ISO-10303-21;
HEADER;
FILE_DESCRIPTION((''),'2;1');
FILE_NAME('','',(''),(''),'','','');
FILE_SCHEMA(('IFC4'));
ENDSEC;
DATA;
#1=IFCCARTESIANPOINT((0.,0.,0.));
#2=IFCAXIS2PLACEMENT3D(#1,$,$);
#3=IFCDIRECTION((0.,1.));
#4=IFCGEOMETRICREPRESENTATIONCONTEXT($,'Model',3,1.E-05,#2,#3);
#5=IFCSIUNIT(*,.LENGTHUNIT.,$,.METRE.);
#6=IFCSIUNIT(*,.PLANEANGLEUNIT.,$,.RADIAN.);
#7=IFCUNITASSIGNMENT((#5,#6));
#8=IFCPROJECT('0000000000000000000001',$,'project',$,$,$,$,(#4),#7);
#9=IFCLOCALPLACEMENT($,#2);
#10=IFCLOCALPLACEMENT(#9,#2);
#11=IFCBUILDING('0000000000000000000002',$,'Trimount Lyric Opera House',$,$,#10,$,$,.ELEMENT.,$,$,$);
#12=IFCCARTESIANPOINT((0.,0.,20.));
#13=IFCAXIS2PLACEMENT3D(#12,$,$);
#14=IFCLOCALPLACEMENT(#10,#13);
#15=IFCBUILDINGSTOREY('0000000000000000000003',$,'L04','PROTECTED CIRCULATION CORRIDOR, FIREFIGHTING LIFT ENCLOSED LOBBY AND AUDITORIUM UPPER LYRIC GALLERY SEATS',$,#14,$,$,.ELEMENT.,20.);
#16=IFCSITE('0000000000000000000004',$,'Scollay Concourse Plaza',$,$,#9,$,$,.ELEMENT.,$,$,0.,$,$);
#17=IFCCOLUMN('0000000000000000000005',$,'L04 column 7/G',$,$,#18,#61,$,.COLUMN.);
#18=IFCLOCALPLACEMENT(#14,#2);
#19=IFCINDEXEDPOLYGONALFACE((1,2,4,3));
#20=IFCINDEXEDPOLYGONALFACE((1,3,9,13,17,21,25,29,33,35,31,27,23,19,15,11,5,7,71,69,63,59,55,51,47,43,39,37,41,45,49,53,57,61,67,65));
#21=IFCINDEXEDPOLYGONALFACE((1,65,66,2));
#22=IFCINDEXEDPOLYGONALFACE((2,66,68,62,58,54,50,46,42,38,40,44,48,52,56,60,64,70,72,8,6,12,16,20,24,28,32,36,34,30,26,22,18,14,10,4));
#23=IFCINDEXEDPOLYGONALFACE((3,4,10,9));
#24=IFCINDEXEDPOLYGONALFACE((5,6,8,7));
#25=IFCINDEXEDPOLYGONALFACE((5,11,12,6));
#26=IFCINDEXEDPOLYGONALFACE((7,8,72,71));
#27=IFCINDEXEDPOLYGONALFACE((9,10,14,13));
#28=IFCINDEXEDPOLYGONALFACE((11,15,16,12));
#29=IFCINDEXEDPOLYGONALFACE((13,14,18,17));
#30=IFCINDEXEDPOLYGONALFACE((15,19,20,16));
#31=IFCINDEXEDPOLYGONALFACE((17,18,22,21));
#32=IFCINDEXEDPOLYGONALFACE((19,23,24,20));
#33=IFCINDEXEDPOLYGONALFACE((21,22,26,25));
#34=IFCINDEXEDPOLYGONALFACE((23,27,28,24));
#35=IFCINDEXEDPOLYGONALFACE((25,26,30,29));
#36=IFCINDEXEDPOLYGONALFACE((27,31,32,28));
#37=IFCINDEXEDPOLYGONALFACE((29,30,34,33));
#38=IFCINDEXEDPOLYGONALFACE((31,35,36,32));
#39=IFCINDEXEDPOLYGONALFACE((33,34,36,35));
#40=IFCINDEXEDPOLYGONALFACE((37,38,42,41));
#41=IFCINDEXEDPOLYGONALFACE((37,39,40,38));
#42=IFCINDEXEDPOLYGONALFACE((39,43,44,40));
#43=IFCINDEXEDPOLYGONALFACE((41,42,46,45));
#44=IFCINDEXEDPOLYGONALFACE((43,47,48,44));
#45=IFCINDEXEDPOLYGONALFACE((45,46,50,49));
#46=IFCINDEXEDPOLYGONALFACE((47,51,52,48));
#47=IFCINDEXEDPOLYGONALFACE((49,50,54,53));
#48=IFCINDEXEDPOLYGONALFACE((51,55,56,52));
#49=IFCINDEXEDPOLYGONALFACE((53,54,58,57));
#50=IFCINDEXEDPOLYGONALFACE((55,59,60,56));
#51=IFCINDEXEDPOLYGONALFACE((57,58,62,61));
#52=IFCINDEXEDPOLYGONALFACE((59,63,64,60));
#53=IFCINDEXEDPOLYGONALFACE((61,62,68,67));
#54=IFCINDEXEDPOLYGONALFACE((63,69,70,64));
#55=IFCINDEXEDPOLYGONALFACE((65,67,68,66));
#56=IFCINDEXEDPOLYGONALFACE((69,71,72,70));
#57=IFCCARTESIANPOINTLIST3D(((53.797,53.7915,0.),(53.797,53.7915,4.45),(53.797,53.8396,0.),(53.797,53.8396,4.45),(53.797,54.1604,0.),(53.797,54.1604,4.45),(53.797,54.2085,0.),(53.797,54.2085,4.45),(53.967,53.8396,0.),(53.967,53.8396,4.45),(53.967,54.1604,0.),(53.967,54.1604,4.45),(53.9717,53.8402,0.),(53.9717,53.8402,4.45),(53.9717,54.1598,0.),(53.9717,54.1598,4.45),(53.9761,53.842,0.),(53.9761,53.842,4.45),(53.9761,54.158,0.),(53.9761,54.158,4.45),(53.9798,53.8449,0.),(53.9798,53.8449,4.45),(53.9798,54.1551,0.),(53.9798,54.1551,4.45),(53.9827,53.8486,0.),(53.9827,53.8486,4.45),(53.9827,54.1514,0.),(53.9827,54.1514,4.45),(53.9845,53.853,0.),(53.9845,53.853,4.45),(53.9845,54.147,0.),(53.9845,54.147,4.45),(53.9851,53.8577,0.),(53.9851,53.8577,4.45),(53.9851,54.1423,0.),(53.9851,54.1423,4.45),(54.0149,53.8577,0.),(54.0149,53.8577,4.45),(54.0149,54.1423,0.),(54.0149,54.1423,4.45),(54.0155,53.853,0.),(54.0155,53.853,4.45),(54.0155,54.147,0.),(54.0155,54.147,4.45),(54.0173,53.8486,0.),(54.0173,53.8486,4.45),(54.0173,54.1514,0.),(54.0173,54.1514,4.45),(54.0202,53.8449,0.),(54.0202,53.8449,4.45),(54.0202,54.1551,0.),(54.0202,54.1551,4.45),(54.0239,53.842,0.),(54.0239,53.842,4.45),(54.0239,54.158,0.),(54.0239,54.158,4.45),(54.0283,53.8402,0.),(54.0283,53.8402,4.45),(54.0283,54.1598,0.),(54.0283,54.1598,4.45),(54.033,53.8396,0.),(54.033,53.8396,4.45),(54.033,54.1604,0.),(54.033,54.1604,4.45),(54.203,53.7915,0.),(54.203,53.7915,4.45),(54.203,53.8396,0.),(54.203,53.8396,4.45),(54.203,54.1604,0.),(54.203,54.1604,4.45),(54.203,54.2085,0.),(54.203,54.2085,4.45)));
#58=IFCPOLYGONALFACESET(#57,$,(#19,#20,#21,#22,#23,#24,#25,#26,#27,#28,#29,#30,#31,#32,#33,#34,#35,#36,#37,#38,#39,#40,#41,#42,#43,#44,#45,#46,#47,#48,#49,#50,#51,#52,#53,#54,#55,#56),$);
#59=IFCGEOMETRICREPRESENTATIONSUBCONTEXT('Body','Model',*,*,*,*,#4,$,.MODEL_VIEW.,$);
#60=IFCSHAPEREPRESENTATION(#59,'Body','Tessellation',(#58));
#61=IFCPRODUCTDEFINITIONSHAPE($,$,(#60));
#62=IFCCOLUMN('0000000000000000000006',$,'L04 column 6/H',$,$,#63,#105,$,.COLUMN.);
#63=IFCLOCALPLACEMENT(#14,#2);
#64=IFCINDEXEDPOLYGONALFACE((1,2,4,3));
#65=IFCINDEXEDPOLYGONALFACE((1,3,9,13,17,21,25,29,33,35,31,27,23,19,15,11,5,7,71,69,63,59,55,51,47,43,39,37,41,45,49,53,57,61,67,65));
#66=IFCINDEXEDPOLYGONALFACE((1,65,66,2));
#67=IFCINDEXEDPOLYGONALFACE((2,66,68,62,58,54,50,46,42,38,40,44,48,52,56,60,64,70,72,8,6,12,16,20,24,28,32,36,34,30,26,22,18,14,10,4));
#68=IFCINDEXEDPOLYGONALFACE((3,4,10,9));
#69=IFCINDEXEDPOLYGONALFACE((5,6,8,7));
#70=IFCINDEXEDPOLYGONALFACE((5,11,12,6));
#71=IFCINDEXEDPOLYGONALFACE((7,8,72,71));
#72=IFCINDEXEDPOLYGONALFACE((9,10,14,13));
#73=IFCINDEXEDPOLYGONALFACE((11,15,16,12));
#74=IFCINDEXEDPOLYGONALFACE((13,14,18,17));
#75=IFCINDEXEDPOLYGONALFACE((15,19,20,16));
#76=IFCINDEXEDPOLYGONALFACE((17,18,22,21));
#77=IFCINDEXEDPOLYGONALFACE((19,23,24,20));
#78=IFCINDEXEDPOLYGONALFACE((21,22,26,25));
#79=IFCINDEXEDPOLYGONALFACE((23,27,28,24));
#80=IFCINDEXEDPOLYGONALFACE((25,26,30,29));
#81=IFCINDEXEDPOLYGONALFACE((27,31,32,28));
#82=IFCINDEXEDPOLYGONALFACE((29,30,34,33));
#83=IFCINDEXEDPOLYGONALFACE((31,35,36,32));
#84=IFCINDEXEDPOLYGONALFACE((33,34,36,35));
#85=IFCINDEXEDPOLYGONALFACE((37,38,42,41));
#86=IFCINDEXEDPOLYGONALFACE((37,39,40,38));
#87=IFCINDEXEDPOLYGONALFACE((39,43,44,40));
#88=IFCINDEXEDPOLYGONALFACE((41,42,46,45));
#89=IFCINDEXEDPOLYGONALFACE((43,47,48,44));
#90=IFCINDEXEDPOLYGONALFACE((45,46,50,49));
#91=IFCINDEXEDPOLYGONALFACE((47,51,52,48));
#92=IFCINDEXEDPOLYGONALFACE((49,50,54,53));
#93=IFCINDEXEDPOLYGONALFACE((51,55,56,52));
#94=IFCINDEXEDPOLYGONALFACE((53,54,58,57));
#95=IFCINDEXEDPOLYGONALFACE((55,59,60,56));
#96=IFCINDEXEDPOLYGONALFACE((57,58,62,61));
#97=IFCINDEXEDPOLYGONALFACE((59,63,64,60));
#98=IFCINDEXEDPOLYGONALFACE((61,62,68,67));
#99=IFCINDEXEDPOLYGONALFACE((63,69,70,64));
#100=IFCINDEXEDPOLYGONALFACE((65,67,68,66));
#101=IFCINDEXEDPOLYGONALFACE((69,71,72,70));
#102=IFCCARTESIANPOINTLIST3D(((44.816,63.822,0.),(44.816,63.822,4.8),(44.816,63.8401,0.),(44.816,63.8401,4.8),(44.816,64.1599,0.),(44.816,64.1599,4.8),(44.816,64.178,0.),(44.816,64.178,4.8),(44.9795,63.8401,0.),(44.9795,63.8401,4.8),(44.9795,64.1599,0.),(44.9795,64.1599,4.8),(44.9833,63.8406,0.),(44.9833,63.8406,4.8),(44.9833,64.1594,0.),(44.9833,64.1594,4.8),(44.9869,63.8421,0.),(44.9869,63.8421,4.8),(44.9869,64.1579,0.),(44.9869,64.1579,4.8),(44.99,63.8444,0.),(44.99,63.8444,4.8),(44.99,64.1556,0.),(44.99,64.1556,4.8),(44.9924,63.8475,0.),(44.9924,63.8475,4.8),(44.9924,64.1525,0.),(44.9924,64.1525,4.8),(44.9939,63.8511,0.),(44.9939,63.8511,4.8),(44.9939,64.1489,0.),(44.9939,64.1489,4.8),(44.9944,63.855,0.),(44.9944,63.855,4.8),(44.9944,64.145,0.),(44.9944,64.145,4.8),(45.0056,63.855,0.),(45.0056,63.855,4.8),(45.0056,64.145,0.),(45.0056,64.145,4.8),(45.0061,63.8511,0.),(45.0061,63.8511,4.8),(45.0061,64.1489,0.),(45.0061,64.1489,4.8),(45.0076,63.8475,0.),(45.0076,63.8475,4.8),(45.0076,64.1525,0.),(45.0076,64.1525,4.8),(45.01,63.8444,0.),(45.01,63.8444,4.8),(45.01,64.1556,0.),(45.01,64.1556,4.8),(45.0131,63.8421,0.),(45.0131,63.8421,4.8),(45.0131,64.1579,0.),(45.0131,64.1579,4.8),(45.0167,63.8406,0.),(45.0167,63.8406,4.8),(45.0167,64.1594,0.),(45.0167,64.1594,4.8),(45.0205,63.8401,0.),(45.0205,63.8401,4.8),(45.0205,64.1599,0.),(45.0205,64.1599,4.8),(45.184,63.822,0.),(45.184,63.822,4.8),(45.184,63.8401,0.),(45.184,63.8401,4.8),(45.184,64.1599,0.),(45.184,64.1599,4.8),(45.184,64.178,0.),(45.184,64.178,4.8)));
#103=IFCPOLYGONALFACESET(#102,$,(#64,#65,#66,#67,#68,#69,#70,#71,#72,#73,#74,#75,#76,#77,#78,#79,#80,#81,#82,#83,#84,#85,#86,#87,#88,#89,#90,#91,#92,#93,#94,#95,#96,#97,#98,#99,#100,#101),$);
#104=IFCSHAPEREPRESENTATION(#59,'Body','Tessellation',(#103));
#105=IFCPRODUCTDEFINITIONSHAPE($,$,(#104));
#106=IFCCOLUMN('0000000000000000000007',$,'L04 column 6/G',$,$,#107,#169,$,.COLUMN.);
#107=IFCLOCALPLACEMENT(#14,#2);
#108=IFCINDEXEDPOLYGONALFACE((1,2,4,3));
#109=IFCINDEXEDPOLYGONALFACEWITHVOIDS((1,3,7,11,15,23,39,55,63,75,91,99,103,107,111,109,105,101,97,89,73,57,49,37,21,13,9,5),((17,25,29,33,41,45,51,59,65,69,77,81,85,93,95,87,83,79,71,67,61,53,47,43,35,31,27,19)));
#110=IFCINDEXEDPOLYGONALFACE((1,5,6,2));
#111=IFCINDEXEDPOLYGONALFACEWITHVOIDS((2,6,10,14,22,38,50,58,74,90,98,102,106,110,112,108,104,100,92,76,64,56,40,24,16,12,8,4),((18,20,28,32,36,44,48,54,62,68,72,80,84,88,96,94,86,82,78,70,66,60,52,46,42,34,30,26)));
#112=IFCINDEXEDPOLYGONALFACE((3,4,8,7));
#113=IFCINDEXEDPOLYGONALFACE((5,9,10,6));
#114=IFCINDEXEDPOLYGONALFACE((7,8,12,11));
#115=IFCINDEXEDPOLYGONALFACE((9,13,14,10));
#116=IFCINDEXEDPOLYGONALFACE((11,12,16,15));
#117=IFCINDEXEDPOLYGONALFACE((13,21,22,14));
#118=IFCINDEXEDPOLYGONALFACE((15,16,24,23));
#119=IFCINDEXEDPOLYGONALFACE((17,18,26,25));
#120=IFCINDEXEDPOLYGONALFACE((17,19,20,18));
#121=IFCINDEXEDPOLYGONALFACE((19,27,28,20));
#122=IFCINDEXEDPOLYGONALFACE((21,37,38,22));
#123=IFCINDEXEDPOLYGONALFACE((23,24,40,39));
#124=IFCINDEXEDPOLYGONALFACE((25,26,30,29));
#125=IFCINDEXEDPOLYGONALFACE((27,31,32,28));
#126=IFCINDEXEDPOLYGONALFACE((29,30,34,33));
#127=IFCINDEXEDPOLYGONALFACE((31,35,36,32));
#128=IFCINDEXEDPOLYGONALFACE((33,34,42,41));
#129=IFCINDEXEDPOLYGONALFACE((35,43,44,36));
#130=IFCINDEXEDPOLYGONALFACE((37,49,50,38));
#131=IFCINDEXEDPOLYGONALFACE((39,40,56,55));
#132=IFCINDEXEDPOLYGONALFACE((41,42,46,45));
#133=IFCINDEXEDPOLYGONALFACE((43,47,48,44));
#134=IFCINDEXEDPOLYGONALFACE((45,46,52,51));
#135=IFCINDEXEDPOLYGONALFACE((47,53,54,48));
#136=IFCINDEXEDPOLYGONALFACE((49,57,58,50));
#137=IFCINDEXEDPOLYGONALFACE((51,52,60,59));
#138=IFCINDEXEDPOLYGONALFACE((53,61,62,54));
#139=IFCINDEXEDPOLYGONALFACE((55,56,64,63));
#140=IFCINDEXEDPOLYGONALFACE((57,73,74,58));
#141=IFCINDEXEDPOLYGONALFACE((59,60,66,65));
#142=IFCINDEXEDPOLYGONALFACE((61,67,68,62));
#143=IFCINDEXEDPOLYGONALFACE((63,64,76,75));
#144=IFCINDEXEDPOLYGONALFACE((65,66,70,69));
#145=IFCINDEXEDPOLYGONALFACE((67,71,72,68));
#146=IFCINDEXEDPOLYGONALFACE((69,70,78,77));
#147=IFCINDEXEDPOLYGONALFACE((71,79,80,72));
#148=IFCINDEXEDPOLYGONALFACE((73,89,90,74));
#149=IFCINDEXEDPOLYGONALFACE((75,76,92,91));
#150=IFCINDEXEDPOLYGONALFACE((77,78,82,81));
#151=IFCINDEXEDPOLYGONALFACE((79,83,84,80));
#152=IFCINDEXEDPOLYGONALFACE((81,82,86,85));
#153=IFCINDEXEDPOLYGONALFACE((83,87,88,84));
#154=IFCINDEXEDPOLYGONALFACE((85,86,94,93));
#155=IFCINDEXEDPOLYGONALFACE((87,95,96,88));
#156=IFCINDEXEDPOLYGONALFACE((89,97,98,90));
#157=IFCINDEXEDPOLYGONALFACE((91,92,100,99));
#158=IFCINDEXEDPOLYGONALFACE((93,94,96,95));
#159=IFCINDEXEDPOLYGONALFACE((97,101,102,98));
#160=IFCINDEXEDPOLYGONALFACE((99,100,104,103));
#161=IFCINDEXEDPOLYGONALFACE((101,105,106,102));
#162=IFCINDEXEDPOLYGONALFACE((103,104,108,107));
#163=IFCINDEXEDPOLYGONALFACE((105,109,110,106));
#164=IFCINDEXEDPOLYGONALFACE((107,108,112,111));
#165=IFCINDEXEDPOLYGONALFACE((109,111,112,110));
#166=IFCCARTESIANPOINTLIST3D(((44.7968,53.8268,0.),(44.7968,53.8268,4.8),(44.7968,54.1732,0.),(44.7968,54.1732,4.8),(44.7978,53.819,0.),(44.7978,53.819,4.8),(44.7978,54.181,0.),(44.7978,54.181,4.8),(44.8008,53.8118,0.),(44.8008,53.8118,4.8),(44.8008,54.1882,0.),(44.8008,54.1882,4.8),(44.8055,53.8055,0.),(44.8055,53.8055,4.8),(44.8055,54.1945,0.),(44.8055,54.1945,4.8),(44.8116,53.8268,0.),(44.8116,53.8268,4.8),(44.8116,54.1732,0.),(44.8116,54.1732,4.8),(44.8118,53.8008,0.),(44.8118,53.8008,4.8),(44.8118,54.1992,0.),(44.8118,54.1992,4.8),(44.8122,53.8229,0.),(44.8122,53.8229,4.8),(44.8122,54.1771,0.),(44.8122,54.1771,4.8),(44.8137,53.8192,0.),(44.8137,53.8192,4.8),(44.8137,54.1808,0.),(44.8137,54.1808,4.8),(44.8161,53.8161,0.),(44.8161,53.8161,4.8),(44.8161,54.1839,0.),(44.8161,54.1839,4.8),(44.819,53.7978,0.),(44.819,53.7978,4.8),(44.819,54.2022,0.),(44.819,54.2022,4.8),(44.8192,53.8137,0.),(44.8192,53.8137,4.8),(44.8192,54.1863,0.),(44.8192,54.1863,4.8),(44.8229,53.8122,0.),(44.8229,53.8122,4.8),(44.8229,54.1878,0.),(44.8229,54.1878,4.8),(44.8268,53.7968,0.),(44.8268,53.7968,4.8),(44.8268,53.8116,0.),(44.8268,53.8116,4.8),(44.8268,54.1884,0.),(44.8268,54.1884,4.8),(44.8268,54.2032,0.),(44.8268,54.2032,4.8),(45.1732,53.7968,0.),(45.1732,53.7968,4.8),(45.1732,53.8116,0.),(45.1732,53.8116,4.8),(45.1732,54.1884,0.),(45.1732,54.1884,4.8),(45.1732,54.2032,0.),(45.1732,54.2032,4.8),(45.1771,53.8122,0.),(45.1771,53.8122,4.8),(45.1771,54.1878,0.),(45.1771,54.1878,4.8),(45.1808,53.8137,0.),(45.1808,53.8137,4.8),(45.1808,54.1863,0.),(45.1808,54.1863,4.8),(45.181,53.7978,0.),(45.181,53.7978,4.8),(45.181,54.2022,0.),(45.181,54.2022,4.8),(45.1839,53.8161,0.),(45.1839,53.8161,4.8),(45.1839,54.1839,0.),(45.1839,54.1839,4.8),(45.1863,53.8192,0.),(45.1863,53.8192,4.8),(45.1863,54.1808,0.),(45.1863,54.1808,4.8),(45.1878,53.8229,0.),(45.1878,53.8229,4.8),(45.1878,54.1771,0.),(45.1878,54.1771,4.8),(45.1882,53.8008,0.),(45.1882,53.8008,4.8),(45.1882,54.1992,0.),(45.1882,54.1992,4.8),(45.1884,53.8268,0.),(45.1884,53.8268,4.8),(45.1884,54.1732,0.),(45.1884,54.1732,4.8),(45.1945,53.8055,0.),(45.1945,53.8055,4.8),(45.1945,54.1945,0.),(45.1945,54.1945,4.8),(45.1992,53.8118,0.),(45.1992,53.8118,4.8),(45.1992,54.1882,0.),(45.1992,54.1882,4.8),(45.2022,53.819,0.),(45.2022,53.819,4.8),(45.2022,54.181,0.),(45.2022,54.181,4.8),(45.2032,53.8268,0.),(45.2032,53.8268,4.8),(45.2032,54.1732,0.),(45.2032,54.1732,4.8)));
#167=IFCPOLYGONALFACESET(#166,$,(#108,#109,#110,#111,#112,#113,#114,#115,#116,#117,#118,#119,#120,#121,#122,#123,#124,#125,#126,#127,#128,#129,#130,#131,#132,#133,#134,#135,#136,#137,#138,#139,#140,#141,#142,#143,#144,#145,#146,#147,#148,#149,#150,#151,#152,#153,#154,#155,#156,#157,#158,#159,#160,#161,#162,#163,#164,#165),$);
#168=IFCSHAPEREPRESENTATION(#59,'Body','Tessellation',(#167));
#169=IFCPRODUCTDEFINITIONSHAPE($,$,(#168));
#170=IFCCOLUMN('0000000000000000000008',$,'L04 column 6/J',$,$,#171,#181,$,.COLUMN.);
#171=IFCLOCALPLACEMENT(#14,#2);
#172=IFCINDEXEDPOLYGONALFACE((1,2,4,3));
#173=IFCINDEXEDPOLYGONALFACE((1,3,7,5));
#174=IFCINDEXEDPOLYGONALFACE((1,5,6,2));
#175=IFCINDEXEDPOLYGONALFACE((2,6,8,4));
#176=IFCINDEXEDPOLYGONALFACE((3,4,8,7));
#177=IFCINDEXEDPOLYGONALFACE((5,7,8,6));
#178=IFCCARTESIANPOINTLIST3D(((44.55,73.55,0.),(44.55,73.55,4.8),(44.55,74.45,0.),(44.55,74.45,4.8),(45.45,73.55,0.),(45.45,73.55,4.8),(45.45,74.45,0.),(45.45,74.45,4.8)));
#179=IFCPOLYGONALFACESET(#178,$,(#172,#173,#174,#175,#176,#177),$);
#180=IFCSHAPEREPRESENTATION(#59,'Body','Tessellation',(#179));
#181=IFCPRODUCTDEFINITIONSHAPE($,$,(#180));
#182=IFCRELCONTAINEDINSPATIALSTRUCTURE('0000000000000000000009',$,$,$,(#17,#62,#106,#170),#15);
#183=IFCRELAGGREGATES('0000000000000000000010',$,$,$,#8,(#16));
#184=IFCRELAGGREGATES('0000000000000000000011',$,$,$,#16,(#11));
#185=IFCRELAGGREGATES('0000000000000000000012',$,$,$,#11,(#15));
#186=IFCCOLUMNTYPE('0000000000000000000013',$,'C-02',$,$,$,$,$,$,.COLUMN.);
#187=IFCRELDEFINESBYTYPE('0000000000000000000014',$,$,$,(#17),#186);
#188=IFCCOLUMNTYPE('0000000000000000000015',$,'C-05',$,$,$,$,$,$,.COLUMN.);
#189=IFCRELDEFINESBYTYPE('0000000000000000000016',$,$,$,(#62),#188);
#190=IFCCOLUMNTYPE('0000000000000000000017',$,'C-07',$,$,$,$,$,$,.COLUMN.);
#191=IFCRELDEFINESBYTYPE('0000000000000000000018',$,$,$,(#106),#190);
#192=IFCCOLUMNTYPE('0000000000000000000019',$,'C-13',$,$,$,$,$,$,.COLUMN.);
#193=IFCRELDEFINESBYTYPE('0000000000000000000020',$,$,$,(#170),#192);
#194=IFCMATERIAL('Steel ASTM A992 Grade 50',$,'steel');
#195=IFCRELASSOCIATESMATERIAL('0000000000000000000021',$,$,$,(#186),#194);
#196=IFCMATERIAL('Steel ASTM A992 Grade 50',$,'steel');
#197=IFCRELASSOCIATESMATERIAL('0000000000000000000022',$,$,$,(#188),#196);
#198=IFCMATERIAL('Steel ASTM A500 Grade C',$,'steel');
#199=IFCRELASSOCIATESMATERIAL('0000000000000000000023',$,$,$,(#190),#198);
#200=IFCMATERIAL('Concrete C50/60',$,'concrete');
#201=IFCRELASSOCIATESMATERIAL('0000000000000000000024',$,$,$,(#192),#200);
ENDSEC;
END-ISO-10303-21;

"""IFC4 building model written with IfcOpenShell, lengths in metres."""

from ifc_helpers import new_model, si_unit, direction, frame, origin, origin_2d, place, context, subcontext, project, spatial, rectangle, hollow_rectangle, i_section, extrude, material, material_profile, profile_set, type_object, element, save


model = new_model("IFC4")

# Units and contexts
model_context = context("Model", 3, precision=1e-05, world=origin(), true_north=direction((0.0, 1.0)))
body_context = subcontext(model_context, "Body", "Model", "MODEL_VIEW")
ifc_project = project(units=[si_unit("LENGTHUNIT", "METRE"), si_unit("PLANEANGLEUNIT", "RADIAN")], contexts=[model_context])

# Site, building, storey
site_placement = place(None, origin())
site = spatial("IfcSite", under=ifc_project, at=site_placement, Name="Scollay Concourse Plaza", CompositionType="ELEMENT", RefElevation=0.0)
building_placement = place(site_placement, origin())
building = spatial("IfcBuilding", under=site, at=building_placement, Name="Trimount Lyric Opera House", CompositionType="ELEMENT")
storey_placement = place(building_placement, frame((0.0, 0.0, 20.0)))
storey = spatial("IfcBuildingStorey", under=building, at=storey_placement, Name="L04", Description="PROTECTED CIRCULATION CORRIDOR, FIREFIGHTING LIFT ENCLOSED LOBBY AND AUDITORIUM UPPER LYRIC GALLERY SEATS", CompositionType="ELEMENT", Elevation=20.0)

# Columns
ifc_material_1 = material(Name="Steel ASTM A992 Grade 50", Category="steel")
ifc_material_profile_1 = material_profile(ifc_material_1, i_section(OverallWidth=0.406, OverallDepth=0.417, WebThickness=0.0298, FlangeThickness=0.0481, FilletRadius=0.0181, at=origin_2d()), Name="W14X257")
ifc_profile_set_1 = profile_set([ifc_material_profile_1], Name="Steel ASTM A992 Grade 50")
column_type_1 = type_object("IfcColumnType", Name="C-02", PredefinedType="COLUMN", material=ifc_profile_set_1)
column_1_placement = place(storey_placement, frame((54.0, 54.0, 0.0), z_axis=(0.0, 0.0, 1.0), x_axis=(1.0, 0.0, 0.0)))
element("IfcColumn", 1, at=column_1_placement, inside=storey, type_object=column_type_1, Name="L04 column 7/G", PredefinedType="COLUMN", context=body_context, shape_type="SweptSolid", body=[
    extrude(i_section(OverallWidth=0.406, OverallDepth=0.417, WebThickness=0.0298, FlangeThickness=0.0481, FilletRadius=0.0181, at=origin_2d()), origin(), (0.0, 0.0, 1.0), 4.45),
])
ifc_material_2 = material(Name="Steel ASTM A992 Grade 50", Category="steel")
ifc_material_profile_2 = material_profile(ifc_material_2, i_section(OverallWidth=0.3679, OverallDepth=0.356, WebThickness=0.0112, FlangeThickness=0.0181, FilletRadius=0.0149, at=origin_2d()), Name="W14X90")
ifc_profile_set_2 = profile_set([ifc_material_profile_2], Name="Steel ASTM A992 Grade 50")
column_type_2 = type_object("IfcColumnType", Name="C-05", PredefinedType="COLUMN", material=ifc_profile_set_2)
column_2_placement = place(storey_placement, frame((45.0, 64.0, 0.0), z_axis=(0.0, 0.0, 1.0), x_axis=(1.0, 0.0, 0.0)))
element("IfcColumn", 2, at=column_2_placement, inside=storey, type_object=column_type_2, Name="L04 column 6/H", PredefinedType="COLUMN", context=body_context, shape_type="SweptSolid", body=[
    extrude(i_section(OverallWidth=0.3679, OverallDepth=0.356, WebThickness=0.0112, FlangeThickness=0.0181, FilletRadius=0.0149, at=origin_2d()), origin(), (0.0, 0.0, 1.0), 4.8),
])
ifc_material_3 = material(Name="Steel ASTM A500 Grade C", Category="steel")
ifc_material_profile_3 = material_profile(ifc_material_3, hollow_rectangle(XDim=0.4065, YDim=0.4065, WallThickness=0.0149, InnerFilletRadius=0.0151, OuterFilletRadius=0.03, at=origin_2d()), Name="HSS406.4X406.4X15.9")
ifc_profile_set_3 = profile_set([ifc_material_profile_3], Name="Steel ASTM A500 Grade C")
column_type_3 = type_object("IfcColumnType", Name="C-07", PredefinedType="COLUMN", material=ifc_profile_set_3)
column_3_placement = place(storey_placement, frame((45.0, 54.0, 0.0), z_axis=(0.0, 0.0, 1.0), x_axis=(1.0, 0.0, 0.0)))
element("IfcColumn", 3, at=column_3_placement, inside=storey, type_object=column_type_3, Name="L04 column 6/G", PredefinedType="COLUMN", context=body_context, shape_type="SweptSolid", body=[
    extrude(hollow_rectangle(XDim=0.4065, YDim=0.4065, WallThickness=0.0149, InnerFilletRadius=0.0151, OuterFilletRadius=0.03, at=origin_2d()), origin(), (0.0, 0.0, 1.0), 4.8),
])
ifc_material_4 = material(Name="Concrete C50/60", Category="concrete")
ifc_material_profile_4 = material_profile(ifc_material_4, rectangle(XDim=0.8999, YDim=0.8999, at=origin_2d()), Name="RC900X900")
ifc_profile_set_4 = profile_set([ifc_material_profile_4], Name="Concrete C50/60")
column_type_4 = type_object("IfcColumnType", Name="C-13", PredefinedType="COLUMN", material=ifc_profile_set_4)
column_4_placement = place(storey_placement, frame((45.0, 74.0, 0.0), z_axis=(0.0, 0.0, 1.0), x_axis=(1.0, 0.0, 0.0)))
element("IfcColumn", 4, at=column_4_placement, inside=storey, type_object=column_type_4, Name="L04 column 6/J", PredefinedType="COLUMN", context=body_context, shape_type="SweptSolid", body=[
    extrude(rectangle(XDim=0.8999, YDim=0.8999, at=origin_2d()), origin(), (0.0, 0.0, 1.0), 4.8),
])

save(model, "model.ifc")
